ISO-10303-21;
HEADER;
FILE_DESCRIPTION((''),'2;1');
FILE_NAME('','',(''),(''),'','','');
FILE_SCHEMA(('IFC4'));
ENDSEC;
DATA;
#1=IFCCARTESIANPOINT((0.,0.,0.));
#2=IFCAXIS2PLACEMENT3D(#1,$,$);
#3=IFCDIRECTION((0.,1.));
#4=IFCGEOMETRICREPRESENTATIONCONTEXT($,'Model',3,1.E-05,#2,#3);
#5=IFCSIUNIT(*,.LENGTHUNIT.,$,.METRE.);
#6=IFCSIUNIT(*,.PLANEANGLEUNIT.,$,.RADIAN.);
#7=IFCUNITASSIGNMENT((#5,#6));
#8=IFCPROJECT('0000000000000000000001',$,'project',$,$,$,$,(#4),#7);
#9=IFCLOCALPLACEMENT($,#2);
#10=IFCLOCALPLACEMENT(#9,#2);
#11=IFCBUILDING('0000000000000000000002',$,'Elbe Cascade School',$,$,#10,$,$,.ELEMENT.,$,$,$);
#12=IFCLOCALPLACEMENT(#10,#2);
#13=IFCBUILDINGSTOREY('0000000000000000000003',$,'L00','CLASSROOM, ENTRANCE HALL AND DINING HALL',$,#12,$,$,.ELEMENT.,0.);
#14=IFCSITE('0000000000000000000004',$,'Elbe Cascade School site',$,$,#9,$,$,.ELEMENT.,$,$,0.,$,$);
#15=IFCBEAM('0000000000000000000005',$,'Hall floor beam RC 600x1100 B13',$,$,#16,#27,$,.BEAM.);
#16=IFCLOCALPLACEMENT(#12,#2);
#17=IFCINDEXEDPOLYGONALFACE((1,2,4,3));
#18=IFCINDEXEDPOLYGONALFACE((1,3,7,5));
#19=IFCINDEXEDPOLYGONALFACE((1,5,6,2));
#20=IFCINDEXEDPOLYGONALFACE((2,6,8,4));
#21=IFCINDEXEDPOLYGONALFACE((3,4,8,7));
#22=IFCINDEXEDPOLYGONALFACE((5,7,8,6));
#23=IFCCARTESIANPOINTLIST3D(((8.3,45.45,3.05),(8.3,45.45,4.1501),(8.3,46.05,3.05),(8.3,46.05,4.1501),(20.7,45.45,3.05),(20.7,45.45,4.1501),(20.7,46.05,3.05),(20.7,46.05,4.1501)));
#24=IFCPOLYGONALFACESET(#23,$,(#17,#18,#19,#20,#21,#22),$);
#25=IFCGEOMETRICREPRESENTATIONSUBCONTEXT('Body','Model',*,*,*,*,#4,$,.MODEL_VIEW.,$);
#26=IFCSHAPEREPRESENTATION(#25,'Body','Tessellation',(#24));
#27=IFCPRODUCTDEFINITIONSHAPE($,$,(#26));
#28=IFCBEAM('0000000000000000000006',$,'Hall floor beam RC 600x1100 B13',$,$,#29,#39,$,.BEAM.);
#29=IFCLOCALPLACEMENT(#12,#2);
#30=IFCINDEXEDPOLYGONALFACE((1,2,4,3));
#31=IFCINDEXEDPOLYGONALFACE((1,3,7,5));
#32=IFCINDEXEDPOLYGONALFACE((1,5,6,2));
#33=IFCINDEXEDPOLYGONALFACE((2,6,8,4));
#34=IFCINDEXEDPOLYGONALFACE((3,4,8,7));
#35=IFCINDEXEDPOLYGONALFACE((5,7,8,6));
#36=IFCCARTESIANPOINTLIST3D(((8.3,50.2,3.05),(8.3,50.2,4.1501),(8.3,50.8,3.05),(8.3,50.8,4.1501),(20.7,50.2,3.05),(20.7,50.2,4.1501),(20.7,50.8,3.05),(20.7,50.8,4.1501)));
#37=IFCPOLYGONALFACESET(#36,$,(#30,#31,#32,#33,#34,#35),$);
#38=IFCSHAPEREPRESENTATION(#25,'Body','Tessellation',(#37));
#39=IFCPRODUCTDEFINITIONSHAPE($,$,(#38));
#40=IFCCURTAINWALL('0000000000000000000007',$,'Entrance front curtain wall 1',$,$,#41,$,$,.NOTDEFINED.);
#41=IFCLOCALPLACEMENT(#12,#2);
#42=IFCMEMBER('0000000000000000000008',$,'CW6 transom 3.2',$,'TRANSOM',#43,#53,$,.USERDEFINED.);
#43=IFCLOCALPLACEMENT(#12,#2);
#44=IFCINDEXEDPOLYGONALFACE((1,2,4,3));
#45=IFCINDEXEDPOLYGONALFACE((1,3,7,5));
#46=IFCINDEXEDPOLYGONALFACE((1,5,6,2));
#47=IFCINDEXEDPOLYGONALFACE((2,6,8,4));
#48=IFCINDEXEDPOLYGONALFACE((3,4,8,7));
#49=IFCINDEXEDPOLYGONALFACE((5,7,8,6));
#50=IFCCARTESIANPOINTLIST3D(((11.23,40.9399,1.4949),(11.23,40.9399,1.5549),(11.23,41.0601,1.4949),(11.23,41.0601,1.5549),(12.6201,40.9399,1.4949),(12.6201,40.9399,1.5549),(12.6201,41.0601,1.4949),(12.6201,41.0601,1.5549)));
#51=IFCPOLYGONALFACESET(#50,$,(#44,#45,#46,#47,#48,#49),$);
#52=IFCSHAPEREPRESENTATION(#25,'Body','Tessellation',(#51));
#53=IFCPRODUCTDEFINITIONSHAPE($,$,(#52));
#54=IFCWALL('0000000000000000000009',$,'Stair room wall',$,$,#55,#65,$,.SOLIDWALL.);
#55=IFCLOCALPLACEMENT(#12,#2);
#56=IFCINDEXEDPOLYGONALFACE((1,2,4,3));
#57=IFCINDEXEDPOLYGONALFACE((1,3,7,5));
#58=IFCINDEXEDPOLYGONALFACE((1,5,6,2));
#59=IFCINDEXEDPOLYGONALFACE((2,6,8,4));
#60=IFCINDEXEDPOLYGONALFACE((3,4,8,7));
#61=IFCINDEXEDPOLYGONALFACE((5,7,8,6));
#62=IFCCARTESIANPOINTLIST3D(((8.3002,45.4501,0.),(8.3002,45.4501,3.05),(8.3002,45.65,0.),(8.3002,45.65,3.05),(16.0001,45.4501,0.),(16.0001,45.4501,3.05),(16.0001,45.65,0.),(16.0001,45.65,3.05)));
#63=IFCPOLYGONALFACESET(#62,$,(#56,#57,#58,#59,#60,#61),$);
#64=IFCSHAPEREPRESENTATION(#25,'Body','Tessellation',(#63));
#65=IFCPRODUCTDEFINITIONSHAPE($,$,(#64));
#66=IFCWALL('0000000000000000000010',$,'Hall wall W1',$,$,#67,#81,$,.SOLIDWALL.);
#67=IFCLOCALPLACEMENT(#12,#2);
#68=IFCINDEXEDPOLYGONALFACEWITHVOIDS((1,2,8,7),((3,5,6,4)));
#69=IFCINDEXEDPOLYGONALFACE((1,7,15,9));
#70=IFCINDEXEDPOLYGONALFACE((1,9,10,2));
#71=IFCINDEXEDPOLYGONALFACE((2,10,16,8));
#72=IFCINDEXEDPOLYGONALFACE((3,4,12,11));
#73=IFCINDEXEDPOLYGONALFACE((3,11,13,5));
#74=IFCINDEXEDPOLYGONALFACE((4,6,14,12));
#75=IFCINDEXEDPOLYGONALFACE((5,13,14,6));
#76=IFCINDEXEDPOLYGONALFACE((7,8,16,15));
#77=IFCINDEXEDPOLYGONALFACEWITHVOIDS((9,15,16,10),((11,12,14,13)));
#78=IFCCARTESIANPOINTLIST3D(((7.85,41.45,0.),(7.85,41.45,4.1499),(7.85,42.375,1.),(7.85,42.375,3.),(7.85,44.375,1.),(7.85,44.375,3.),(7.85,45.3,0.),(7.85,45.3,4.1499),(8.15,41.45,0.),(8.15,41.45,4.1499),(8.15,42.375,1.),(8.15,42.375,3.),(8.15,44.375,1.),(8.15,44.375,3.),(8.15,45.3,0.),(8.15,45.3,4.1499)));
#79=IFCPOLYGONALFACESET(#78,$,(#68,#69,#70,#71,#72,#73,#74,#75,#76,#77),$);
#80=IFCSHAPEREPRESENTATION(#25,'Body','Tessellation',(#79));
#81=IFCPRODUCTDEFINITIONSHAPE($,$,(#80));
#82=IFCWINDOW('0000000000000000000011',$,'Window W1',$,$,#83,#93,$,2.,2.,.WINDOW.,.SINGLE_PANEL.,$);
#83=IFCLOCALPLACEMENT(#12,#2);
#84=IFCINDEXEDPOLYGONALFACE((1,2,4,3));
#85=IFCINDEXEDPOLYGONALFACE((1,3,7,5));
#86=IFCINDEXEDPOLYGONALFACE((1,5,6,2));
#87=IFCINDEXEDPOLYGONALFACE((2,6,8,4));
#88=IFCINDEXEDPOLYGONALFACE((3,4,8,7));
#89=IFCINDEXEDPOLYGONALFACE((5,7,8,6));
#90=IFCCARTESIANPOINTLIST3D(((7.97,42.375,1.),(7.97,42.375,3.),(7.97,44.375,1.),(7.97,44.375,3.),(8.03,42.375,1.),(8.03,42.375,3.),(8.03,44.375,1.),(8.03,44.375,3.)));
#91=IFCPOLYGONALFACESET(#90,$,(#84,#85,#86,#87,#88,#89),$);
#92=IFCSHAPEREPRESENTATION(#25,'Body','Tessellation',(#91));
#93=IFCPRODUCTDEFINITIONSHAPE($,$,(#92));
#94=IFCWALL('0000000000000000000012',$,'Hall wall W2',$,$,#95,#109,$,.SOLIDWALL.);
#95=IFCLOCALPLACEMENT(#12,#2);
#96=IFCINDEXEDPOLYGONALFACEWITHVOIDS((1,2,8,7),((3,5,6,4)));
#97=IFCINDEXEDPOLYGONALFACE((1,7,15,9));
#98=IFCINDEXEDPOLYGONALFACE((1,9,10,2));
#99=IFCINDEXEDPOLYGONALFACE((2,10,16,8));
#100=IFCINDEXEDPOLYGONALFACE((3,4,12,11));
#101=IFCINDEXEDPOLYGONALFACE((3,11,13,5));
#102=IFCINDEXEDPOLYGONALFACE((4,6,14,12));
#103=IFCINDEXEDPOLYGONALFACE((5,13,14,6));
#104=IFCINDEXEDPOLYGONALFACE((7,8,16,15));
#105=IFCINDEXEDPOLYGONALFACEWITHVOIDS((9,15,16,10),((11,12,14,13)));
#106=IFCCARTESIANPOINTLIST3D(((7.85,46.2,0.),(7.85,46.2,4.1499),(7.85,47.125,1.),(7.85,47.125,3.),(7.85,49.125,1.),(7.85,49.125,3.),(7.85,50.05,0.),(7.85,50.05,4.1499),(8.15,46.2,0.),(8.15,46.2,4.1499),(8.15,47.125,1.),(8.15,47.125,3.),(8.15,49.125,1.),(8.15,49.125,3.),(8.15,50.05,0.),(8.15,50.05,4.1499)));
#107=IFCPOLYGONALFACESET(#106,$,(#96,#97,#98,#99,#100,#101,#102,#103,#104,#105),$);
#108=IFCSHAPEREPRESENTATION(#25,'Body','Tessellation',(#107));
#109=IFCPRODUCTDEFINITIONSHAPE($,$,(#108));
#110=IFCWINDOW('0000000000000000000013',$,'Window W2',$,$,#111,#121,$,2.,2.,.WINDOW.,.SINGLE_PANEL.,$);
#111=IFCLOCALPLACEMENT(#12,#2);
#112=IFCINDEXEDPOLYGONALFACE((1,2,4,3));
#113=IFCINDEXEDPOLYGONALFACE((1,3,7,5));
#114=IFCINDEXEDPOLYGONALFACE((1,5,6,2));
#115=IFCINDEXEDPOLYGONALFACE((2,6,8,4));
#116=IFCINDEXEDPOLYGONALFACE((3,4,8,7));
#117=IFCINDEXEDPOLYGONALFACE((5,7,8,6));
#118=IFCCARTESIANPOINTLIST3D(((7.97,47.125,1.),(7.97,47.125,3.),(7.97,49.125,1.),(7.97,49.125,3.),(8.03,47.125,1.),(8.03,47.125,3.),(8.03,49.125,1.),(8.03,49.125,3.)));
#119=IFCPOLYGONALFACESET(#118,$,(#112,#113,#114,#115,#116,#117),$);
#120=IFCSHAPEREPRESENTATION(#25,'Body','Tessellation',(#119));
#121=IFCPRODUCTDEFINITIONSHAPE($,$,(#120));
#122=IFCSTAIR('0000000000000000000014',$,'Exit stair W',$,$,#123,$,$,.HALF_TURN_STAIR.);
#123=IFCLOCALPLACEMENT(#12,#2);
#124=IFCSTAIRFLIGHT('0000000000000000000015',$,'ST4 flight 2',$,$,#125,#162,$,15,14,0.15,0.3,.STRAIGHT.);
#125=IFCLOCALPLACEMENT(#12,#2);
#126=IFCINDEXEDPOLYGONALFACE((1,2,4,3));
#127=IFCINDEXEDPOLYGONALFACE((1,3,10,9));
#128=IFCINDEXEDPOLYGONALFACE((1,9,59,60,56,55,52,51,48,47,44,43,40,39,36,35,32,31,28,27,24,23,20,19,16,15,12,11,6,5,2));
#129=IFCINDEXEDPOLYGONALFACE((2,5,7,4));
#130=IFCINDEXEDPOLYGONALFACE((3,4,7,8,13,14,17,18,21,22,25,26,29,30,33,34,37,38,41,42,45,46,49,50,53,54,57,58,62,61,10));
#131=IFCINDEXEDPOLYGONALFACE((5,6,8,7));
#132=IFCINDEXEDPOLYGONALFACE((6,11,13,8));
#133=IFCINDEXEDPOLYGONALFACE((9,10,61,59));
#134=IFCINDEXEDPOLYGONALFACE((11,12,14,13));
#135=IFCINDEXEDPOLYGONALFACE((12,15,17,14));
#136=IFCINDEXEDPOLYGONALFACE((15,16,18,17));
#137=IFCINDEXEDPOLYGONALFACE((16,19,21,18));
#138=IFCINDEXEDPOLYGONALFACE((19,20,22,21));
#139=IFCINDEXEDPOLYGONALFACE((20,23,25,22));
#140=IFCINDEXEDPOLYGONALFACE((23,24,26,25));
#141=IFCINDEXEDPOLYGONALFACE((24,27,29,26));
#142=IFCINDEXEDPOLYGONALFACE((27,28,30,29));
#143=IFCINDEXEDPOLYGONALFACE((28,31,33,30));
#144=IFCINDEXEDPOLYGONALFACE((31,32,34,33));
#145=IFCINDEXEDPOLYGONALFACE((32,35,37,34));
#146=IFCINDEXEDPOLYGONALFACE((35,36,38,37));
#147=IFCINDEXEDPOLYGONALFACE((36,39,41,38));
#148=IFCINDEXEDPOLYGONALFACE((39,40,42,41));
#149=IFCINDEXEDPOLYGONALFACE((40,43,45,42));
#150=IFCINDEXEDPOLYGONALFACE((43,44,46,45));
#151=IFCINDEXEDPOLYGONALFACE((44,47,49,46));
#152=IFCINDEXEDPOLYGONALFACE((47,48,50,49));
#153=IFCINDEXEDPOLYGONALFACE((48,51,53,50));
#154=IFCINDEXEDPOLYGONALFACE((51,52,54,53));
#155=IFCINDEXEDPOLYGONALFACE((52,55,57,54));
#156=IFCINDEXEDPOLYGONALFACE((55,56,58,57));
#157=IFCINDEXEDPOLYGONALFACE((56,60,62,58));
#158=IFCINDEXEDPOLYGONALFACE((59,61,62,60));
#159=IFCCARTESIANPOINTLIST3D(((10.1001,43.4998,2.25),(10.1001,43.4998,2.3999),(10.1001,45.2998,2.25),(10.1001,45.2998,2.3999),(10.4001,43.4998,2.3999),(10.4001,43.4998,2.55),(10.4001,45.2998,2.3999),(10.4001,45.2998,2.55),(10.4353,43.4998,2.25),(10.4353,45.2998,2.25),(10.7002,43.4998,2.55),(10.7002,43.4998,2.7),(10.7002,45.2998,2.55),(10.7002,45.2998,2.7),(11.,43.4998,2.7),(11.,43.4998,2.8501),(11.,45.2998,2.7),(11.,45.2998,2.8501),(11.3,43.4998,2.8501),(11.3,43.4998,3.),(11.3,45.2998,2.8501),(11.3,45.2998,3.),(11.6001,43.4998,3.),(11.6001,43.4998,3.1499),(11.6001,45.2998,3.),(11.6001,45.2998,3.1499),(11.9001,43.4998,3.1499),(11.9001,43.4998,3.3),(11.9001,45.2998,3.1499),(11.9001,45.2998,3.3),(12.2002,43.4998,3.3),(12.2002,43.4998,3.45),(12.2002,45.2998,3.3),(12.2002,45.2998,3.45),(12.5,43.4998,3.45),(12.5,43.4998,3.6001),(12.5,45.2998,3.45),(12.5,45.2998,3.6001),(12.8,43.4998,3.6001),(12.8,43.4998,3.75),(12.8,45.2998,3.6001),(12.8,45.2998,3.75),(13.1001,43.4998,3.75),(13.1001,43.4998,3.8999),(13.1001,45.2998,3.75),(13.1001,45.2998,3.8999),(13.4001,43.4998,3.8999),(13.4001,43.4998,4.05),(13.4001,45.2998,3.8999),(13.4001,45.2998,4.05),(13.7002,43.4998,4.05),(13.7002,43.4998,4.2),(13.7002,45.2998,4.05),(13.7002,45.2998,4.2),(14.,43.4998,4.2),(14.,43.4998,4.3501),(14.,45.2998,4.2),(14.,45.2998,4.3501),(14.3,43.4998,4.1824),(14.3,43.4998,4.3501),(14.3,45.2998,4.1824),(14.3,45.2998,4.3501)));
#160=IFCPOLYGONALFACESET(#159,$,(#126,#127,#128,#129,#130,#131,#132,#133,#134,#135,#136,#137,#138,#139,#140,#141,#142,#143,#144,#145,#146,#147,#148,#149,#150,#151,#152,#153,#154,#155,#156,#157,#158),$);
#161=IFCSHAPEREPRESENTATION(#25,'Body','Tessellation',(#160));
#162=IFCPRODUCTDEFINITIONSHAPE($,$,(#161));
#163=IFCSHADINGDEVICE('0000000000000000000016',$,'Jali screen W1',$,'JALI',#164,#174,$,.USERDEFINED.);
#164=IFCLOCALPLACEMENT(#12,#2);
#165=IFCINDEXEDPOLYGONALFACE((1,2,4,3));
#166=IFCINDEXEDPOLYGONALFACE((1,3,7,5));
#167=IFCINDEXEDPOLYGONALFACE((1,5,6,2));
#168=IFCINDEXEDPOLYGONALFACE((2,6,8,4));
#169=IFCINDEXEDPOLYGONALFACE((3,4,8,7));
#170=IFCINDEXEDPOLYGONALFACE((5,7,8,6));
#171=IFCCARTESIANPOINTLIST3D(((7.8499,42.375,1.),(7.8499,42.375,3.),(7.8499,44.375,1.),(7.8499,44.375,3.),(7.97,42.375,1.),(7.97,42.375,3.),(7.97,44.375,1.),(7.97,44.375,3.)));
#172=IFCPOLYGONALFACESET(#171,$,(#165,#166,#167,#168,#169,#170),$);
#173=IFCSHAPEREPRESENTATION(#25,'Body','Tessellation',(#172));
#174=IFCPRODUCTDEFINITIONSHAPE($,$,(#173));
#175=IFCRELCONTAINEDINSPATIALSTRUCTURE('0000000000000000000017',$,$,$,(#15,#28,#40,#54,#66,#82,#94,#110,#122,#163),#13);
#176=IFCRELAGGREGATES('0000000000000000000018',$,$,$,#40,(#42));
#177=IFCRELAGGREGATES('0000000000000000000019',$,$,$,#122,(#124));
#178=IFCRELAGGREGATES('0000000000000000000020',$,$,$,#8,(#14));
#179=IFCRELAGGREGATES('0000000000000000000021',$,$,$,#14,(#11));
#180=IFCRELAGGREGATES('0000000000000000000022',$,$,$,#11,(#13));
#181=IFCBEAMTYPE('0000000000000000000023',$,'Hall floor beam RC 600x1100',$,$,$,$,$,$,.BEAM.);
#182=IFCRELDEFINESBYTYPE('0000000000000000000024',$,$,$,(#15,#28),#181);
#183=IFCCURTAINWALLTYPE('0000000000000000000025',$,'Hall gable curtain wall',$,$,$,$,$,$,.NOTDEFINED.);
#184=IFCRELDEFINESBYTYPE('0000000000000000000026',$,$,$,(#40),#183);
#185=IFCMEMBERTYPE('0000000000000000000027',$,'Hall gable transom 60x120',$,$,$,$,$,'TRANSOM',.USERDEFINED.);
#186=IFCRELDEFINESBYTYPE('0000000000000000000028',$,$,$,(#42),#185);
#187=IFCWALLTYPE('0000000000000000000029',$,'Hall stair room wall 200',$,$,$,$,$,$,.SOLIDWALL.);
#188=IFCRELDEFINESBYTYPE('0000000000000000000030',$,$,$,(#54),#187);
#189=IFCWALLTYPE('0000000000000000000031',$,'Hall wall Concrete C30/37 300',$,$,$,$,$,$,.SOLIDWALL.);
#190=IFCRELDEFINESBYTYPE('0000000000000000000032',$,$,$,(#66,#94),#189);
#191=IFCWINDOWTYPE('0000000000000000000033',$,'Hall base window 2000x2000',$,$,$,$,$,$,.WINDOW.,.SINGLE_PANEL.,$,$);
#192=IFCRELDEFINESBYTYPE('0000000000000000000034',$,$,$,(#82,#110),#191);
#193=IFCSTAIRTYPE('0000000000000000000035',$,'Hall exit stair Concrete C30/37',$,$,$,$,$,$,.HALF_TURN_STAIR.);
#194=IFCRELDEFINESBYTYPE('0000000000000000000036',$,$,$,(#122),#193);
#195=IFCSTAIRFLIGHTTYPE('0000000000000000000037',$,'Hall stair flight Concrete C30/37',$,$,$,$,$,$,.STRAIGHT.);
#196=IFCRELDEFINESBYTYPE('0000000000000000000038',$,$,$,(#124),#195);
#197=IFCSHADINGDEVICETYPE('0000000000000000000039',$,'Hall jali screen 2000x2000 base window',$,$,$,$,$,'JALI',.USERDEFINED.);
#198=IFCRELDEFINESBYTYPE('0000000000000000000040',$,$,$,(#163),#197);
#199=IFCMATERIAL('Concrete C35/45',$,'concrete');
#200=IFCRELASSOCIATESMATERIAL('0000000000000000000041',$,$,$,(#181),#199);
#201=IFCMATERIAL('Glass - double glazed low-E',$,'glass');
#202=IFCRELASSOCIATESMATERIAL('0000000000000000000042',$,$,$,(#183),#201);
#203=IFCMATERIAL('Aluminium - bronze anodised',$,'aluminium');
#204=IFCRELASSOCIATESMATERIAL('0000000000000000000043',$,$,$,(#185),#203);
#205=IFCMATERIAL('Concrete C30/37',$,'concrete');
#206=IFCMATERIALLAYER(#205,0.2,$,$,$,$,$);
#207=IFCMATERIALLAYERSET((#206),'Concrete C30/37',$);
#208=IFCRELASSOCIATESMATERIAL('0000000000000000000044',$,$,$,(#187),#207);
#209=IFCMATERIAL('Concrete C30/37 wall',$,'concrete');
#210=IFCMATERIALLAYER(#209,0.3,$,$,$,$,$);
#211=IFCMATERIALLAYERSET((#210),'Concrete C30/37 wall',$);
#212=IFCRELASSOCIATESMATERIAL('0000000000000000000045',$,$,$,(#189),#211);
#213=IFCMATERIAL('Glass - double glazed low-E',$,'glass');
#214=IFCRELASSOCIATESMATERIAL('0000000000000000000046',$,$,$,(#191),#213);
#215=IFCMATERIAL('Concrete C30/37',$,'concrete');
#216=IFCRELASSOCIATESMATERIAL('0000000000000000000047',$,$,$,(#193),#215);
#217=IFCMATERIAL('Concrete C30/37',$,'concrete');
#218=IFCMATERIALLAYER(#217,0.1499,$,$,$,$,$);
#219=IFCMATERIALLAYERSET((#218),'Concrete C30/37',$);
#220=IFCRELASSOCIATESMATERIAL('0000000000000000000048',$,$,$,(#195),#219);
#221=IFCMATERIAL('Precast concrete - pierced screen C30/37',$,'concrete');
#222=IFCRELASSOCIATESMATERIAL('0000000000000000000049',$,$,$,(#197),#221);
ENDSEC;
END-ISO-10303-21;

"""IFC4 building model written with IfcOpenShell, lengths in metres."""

from ifc_helpers import new_model, si_unit, direction, frame, frame_2d, origin, origin_2d, place, context, subcontext, project, spatial, polyline, rectangle, outline, extrude, material, layer, layer_set, material_profile, profile_set, type_object, element, fill, aggregate, save


model = new_model("IFC4")

# Units and contexts
model_context = context("Model", 3, precision=1e-05, world=origin(), true_north=direction((0.0, 1.0)))
body_context = subcontext(model_context, "Body", "Model", "MODEL_VIEW")
ifc_project = project(units=[si_unit("LENGTHUNIT", "METRE"), si_unit("PLANEANGLEUNIT", "RADIAN")], contexts=[model_context])

# Site, building, storey
site_placement = place(None, origin())
site = spatial("IfcSite", under=ifc_project, at=site_placement, Name="Elbe Cascade School site", CompositionType="ELEMENT", RefElevation=0.0)
building_placement = place(site_placement, origin())
building = spatial("IfcBuilding", under=site, at=building_placement, Name="Elbe Cascade School", CompositionType="ELEMENT")
storey_placement = place(building_placement, origin())
storey = spatial("IfcBuildingStorey", under=building, at=storey_placement, Name="L00", Description="CLASSROOM, ENTRANCE HALL AND DINING HALL", CompositionType="ELEMENT", Elevation=0.0)

# Beams
ifc_material_1 = material(Name="Concrete C35/45", Category="concrete")
ifc_material_profile_1 = material_profile(ifc_material_1, rectangle(XDim=0.6001, YDim=1.1001, at=origin_2d()), Name="RC 600x1100")
ifc_profile_set_1 = profile_set([ifc_material_profile_1], Name="Concrete C35/45")
beam_type_1 = type_object("IfcBeamType", Name="Hall floor beam RC 600x1100", PredefinedType="BEAM", material=ifc_profile_set_1)
for number, where, z_axis, x_axis, name in (
    (1, (8.3, 45.75, 3.6001), (1.0, 0.0, 0.0), (0.0, 1.0, 0.0), "Hall floor beam RC 600x1100 B13"),
    (2, (8.3, 50.5, 3.6001), (1.0, 0.0, 0.0), (0.0, 1.0, 0.0), "Hall floor beam RC 600x1100 B13"),
):
    element("IfcBeam", number, at=place(storey_placement, frame(where, z_axis=z_axis, x_axis=x_axis)), inside=storey, type_object=beam_type_1, Name=name, PredefinedType="BEAM", context=body_context, shape_type="SweptSolid", body=[
        extrude(rectangle(XDim=0.6001, YDim=1.1001, at=origin_2d()), origin(), (0.0, 0.0, 1.0), 12.3999),
    ])

# Curtain wall, member
ifc_material_2 = material(Name="Glass - double glazed low-E", Category="glass")
curtain_wall_type = type_object("IfcCurtainWallType", Name="Hall gable curtain wall", PredefinedType="NOTDEFINED", material=ifc_material_2)
curtain_wall_placement = place(storey_placement, origin())
curtain_wall = element("IfcCurtainWall", 3, at=curtain_wall_placement, inside=storey, type_object=curtain_wall_type, Name="Entrance front curtain wall 1", PredefinedType="NOTDEFINED")
ifc_material_3 = material(Name="Aluminium - bronze anodised", Category="aluminium")
ifc_material_profile_2 = material_profile(ifc_material_3, rectangle(XDim=0.1201, YDim=0.0601, at=origin_2d()), Name="Alu 60x120")
ifc_profile_set_2 = profile_set([ifc_material_profile_2], Name="Aluminium - bronze anodised")
member_type = type_object("IfcMemberType", Name="Hall gable transom 60x120", ElementType="TRANSOM", PredefinedType="USERDEFINED", material=ifc_profile_set_2)
member_placement = place(storey_placement, frame((11.23, 41.0, 1.5249), z_axis=(1.0, 0.0, 0.0), x_axis=(0.0, 1.0, 0.0)))
member = element("IfcMember", 4, at=member_placement, type_object=member_type, Name="CW6 transom 3.2", ObjectType="TRANSOM", PredefinedType="USERDEFINED", context=body_context, shape_type="SweptSolid", body=[
    extrude(rectangle(XDim=0.1201, YDim=0.0601, at=origin_2d()), origin(), (0.0, 0.0, 1.0), 1.3901),
])
aggregate(curtain_wall, [member])

# Wall
ifc_material_4 = material(Name="Concrete C30/37", Category="concrete")
ifc_layer_1 = layer(ifc_material_4, 0.2)
ifc_layer_set_1 = layer_set([ifc_layer_1], Name="Concrete C30/37")
wall_type_1 = type_object("IfcWallType", Name="Hall stair room wall 200", PredefinedType="SOLIDWALL", material=ifc_layer_set_1)
wall_1_placement = place(storey_placement, frame((8.3, 45.55, 0.0), z_axis=(0.0, 0.0, 1.0), x_axis=(1.0, 0.0, 0.0)))
element("IfcWall", 5, at=wall_1_placement, inside=storey, type_object=wall_type_1, Name="Stair room wall", PredefinedType="SOLIDWALL", context=body_context, shape_type="SweptSolid", body=[
    extrude(rectangle(XDim=7.7, YDim=0.2, at=frame_2d((3.8501, 0.0))), origin(), (0.0, 0.0, 1.0), 3.05),
])

# Walls, openings, windows
ifc_material_5 = material(Name="Concrete C30/37 wall", Category="concrete")
ifc_layer_2 = layer(ifc_material_5, 0.3)
ifc_layer_set_2 = layer_set([ifc_layer_2], Name="Concrete C30/37 wall")
wall_type_2 = type_object("IfcWallType", Name="Hall wall Concrete C30/37 300", PredefinedType="SOLIDWALL", material=ifc_layer_set_2)
wall_2_placement = place(storey_placement, frame((8.0, 41.45, 0.0), z_axis=(0.0, 0.0, 1.0), x_axis=(0.0, 1.0, 0.0)))
wall_2 = element("IfcWall", 6, at=wall_2_placement, inside=storey, type_object=wall_type_2, Name="Hall wall W1", PredefinedType="SOLIDWALL", context=body_context, shape_type="SweptSolid", body=[
    extrude(rectangle(XDim=3.8501, YDim=0.3, at=frame_2d((1.925, 0.0))), origin(), (0.0, 0.0, 1.0), 4.1499),
])
opening_1_placement = place(wall_2_placement, frame((0.925, 0.0, 1.0)))
opening_1 = element("IfcOpeningElement", 7, at=opening_1_placement, cuts=wall_2, PredefinedType="OPENING", context=body_context, shape_type="SweptSolid", body=[
    extrude(rectangle(XDim=2.0, YDim=2.0, at=frame_2d((1.0, 1.0))), frame((0.0, 0.1599, 0.0), z_axis=(0.0, -1.0, 0.0), x_axis=(1.0, 0.0, 0.0)), (0.0, 0.0, 1.0), 0.3201),
])
ifc_material_6 = material(Name="Glass - double glazed low-E", Category="glass")
window_type = type_object("IfcWindowType", Name="Hall base window 2000x2000", PartitioningType="SINGLE_PANEL", PredefinedType="WINDOW", material=ifc_material_6)
window_1_placement = place(opening_1_placement, origin())
window_1 = element("IfcWindow", 8, at=window_1_placement, inside=storey, type_object=window_type, Name="Window W1", OverallHeight=2.0, OverallWidth=2.0, PartitioningType="SINGLE_PANEL", PredefinedType="WINDOW", context=body_context, shape_type="SweptSolid", body=[
    extrude(rectangle(XDim=2.0, YDim=2.0, at=frame_2d((1.0, 1.0))), frame((0.0, 0.03, 0.0), z_axis=(0.0, -1.0, 0.0), x_axis=(1.0, 0.0, 0.0)), (0.0, 0.0, 1.0), 0.0601),
])
fill(opening_1, window_1)
wall_3_placement = place(storey_placement, frame((8.0, 46.2, 0.0), z_axis=(0.0, 0.0, 1.0), x_axis=(0.0, 1.0, 0.0)))
wall_3 = element("IfcWall", 9, at=wall_3_placement, inside=storey, type_object=wall_type_2, Name="Hall wall W2", PredefinedType="SOLIDWALL", context=body_context, shape_type="SweptSolid", body=[
    extrude(rectangle(XDim=3.8501, YDim=0.3, at=frame_2d((1.925, 0.0))), origin(), (0.0, 0.0, 1.0), 4.1499),
])
opening_2_placement = place(wall_3_placement, frame((0.925, 0.0, 1.0)))
opening_2 = element("IfcOpeningElement", 10, at=opening_2_placement, cuts=wall_3, PredefinedType="OPENING", context=body_context, shape_type="SweptSolid", body=[
    extrude(rectangle(XDim=2.0, YDim=2.0, at=frame_2d((1.0, 1.0))), frame((0.0, 0.1599, 0.0), z_axis=(0.0, -1.0, 0.0), x_axis=(1.0, 0.0, 0.0)), (0.0, 0.0, 1.0), 0.3201),
])
window_2_placement = place(opening_2_placement, origin())
window_2 = element("IfcWindow", 11, at=window_2_placement, inside=storey, type_object=window_type, Name="Window W2", OverallHeight=2.0, OverallWidth=2.0, PartitioningType="SINGLE_PANEL", PredefinedType="WINDOW", context=body_context, shape_type="SweptSolid", body=[
    extrude(rectangle(XDim=2.0, YDim=2.0, at=frame_2d((1.0, 1.0))), frame((0.0, 0.03, 0.0), z_axis=(0.0, -1.0, 0.0), x_axis=(1.0, 0.0, 0.0)), (0.0, 0.0, 1.0), 0.0601),
])
fill(opening_2, window_2)

# Stair, stair flight
ifc_material_7 = material(Name="Concrete C30/37", Category="concrete")
stair_type = type_object("IfcStairType", Name="Hall exit stair Concrete C30/37", PredefinedType="HALF_TURN_STAIR", material=ifc_material_7)
stair_placement = place(storey_placement, origin())
stair = element("IfcStair", 12, at=stair_placement, inside=storey, type_object=stair_type, Name="Exit stair W", PredefinedType="HALF_TURN_STAIR")
ifc_material_8 = material(Name="Concrete C30/37", Category="concrete")
ifc_layer_3 = layer(ifc_material_8, 0.1499)
ifc_layer_set_3 = layer_set([ifc_layer_3], Name="Concrete C30/37")
stair_flight_type = type_object("IfcStairFlightType", Name="Hall stair flight Concrete C30/37", PredefinedType="STRAIGHT", material=ifc_layer_set_3)
stair_flight_placement = place(storey_placement, frame((10.1001, 44.3999, 2.25), z_axis=(0.0, 0.0, 1.0), x_axis=(1.0, 0.0, 0.0)))
stair_flight = element("IfcStairFlight", 13, at=stair_flight_placement, type_object=stair_flight_type, Name="ST4 flight 2", NumberOfRisers=15, NumberOfTreads=14, PredefinedType="STRAIGHT", RiserHeight=0.15, TreadLength=0.3, context=body_context, shape_type="SweptSolid", body=[
    extrude(outline(polyline([(0.0, 0.0), (0.0, 0.1499), (0.3, 0.1499), (0.3, 0.3), (0.6001, 0.3), (0.6001, 0.45), (0.8999, 0.45), (0.8999, 0.6001), (1.2, 0.6001), (1.2, 0.75), (1.5, 0.75), (1.5, 0.8999), (1.8, 0.8999), (1.8, 1.05), (2.1001, 1.05), (2.1001, 1.2), (2.3999, 1.2), (2.3999, 1.3501), (2.7, 1.3501), (2.7, 1.5), (3.0, 1.5), (3.0, 1.6499), (3.3, 1.6499), (3.3, 1.8), (3.6001, 1.8), (3.6001, 1.95), (3.8999, 1.95), (3.8999, 2.1001), (4.2, 2.1001), (4.2, 2.25), (4.2, 1.9324), (0.3352, 0.0), (0.0, 0.0)])), frame((0.0, 0.8999, 0.0), z_axis=(0.0, -1.0, 0.0), x_axis=(1.0, 0.0, 0.0)), (0.0, 0.0, 1.0), 1.8),
])
aggregate(stair, [stair_flight])

# Shading device
ifc_material_9 = material(Name="Precast concrete - pierced screen C30/37", Category="concrete")
shading_device_type = type_object("IfcShadingDeviceType", Name="Hall jali screen 2000x2000 base window", ElementType="JALI", PredefinedType="USERDEFINED", material=ifc_material_9)
for number, where, z_axis, x_axis, name in (
    (14, (7.9099, 43.375, 1.0), (0.0, 0.0, 1.0), (1.0, 0.0, 0.0), "Jali screen W1"),
):
    element("IfcShadingDevice", number, at=place(storey_placement, frame(where, z_axis=z_axis, x_axis=x_axis)), inside=storey, type_object=shading_device_type, Name=name, ObjectType="JALI", PredefinedType="USERDEFINED", context=body_context, shape_type="SweptSolid", body=[
        extrude(rectangle(XDim=0.1201, YDim=2.0, at=origin_2d()), origin(), (0.0, 0.0, 1.0), 2.0),
    ])

save(model, "model.ifc")
